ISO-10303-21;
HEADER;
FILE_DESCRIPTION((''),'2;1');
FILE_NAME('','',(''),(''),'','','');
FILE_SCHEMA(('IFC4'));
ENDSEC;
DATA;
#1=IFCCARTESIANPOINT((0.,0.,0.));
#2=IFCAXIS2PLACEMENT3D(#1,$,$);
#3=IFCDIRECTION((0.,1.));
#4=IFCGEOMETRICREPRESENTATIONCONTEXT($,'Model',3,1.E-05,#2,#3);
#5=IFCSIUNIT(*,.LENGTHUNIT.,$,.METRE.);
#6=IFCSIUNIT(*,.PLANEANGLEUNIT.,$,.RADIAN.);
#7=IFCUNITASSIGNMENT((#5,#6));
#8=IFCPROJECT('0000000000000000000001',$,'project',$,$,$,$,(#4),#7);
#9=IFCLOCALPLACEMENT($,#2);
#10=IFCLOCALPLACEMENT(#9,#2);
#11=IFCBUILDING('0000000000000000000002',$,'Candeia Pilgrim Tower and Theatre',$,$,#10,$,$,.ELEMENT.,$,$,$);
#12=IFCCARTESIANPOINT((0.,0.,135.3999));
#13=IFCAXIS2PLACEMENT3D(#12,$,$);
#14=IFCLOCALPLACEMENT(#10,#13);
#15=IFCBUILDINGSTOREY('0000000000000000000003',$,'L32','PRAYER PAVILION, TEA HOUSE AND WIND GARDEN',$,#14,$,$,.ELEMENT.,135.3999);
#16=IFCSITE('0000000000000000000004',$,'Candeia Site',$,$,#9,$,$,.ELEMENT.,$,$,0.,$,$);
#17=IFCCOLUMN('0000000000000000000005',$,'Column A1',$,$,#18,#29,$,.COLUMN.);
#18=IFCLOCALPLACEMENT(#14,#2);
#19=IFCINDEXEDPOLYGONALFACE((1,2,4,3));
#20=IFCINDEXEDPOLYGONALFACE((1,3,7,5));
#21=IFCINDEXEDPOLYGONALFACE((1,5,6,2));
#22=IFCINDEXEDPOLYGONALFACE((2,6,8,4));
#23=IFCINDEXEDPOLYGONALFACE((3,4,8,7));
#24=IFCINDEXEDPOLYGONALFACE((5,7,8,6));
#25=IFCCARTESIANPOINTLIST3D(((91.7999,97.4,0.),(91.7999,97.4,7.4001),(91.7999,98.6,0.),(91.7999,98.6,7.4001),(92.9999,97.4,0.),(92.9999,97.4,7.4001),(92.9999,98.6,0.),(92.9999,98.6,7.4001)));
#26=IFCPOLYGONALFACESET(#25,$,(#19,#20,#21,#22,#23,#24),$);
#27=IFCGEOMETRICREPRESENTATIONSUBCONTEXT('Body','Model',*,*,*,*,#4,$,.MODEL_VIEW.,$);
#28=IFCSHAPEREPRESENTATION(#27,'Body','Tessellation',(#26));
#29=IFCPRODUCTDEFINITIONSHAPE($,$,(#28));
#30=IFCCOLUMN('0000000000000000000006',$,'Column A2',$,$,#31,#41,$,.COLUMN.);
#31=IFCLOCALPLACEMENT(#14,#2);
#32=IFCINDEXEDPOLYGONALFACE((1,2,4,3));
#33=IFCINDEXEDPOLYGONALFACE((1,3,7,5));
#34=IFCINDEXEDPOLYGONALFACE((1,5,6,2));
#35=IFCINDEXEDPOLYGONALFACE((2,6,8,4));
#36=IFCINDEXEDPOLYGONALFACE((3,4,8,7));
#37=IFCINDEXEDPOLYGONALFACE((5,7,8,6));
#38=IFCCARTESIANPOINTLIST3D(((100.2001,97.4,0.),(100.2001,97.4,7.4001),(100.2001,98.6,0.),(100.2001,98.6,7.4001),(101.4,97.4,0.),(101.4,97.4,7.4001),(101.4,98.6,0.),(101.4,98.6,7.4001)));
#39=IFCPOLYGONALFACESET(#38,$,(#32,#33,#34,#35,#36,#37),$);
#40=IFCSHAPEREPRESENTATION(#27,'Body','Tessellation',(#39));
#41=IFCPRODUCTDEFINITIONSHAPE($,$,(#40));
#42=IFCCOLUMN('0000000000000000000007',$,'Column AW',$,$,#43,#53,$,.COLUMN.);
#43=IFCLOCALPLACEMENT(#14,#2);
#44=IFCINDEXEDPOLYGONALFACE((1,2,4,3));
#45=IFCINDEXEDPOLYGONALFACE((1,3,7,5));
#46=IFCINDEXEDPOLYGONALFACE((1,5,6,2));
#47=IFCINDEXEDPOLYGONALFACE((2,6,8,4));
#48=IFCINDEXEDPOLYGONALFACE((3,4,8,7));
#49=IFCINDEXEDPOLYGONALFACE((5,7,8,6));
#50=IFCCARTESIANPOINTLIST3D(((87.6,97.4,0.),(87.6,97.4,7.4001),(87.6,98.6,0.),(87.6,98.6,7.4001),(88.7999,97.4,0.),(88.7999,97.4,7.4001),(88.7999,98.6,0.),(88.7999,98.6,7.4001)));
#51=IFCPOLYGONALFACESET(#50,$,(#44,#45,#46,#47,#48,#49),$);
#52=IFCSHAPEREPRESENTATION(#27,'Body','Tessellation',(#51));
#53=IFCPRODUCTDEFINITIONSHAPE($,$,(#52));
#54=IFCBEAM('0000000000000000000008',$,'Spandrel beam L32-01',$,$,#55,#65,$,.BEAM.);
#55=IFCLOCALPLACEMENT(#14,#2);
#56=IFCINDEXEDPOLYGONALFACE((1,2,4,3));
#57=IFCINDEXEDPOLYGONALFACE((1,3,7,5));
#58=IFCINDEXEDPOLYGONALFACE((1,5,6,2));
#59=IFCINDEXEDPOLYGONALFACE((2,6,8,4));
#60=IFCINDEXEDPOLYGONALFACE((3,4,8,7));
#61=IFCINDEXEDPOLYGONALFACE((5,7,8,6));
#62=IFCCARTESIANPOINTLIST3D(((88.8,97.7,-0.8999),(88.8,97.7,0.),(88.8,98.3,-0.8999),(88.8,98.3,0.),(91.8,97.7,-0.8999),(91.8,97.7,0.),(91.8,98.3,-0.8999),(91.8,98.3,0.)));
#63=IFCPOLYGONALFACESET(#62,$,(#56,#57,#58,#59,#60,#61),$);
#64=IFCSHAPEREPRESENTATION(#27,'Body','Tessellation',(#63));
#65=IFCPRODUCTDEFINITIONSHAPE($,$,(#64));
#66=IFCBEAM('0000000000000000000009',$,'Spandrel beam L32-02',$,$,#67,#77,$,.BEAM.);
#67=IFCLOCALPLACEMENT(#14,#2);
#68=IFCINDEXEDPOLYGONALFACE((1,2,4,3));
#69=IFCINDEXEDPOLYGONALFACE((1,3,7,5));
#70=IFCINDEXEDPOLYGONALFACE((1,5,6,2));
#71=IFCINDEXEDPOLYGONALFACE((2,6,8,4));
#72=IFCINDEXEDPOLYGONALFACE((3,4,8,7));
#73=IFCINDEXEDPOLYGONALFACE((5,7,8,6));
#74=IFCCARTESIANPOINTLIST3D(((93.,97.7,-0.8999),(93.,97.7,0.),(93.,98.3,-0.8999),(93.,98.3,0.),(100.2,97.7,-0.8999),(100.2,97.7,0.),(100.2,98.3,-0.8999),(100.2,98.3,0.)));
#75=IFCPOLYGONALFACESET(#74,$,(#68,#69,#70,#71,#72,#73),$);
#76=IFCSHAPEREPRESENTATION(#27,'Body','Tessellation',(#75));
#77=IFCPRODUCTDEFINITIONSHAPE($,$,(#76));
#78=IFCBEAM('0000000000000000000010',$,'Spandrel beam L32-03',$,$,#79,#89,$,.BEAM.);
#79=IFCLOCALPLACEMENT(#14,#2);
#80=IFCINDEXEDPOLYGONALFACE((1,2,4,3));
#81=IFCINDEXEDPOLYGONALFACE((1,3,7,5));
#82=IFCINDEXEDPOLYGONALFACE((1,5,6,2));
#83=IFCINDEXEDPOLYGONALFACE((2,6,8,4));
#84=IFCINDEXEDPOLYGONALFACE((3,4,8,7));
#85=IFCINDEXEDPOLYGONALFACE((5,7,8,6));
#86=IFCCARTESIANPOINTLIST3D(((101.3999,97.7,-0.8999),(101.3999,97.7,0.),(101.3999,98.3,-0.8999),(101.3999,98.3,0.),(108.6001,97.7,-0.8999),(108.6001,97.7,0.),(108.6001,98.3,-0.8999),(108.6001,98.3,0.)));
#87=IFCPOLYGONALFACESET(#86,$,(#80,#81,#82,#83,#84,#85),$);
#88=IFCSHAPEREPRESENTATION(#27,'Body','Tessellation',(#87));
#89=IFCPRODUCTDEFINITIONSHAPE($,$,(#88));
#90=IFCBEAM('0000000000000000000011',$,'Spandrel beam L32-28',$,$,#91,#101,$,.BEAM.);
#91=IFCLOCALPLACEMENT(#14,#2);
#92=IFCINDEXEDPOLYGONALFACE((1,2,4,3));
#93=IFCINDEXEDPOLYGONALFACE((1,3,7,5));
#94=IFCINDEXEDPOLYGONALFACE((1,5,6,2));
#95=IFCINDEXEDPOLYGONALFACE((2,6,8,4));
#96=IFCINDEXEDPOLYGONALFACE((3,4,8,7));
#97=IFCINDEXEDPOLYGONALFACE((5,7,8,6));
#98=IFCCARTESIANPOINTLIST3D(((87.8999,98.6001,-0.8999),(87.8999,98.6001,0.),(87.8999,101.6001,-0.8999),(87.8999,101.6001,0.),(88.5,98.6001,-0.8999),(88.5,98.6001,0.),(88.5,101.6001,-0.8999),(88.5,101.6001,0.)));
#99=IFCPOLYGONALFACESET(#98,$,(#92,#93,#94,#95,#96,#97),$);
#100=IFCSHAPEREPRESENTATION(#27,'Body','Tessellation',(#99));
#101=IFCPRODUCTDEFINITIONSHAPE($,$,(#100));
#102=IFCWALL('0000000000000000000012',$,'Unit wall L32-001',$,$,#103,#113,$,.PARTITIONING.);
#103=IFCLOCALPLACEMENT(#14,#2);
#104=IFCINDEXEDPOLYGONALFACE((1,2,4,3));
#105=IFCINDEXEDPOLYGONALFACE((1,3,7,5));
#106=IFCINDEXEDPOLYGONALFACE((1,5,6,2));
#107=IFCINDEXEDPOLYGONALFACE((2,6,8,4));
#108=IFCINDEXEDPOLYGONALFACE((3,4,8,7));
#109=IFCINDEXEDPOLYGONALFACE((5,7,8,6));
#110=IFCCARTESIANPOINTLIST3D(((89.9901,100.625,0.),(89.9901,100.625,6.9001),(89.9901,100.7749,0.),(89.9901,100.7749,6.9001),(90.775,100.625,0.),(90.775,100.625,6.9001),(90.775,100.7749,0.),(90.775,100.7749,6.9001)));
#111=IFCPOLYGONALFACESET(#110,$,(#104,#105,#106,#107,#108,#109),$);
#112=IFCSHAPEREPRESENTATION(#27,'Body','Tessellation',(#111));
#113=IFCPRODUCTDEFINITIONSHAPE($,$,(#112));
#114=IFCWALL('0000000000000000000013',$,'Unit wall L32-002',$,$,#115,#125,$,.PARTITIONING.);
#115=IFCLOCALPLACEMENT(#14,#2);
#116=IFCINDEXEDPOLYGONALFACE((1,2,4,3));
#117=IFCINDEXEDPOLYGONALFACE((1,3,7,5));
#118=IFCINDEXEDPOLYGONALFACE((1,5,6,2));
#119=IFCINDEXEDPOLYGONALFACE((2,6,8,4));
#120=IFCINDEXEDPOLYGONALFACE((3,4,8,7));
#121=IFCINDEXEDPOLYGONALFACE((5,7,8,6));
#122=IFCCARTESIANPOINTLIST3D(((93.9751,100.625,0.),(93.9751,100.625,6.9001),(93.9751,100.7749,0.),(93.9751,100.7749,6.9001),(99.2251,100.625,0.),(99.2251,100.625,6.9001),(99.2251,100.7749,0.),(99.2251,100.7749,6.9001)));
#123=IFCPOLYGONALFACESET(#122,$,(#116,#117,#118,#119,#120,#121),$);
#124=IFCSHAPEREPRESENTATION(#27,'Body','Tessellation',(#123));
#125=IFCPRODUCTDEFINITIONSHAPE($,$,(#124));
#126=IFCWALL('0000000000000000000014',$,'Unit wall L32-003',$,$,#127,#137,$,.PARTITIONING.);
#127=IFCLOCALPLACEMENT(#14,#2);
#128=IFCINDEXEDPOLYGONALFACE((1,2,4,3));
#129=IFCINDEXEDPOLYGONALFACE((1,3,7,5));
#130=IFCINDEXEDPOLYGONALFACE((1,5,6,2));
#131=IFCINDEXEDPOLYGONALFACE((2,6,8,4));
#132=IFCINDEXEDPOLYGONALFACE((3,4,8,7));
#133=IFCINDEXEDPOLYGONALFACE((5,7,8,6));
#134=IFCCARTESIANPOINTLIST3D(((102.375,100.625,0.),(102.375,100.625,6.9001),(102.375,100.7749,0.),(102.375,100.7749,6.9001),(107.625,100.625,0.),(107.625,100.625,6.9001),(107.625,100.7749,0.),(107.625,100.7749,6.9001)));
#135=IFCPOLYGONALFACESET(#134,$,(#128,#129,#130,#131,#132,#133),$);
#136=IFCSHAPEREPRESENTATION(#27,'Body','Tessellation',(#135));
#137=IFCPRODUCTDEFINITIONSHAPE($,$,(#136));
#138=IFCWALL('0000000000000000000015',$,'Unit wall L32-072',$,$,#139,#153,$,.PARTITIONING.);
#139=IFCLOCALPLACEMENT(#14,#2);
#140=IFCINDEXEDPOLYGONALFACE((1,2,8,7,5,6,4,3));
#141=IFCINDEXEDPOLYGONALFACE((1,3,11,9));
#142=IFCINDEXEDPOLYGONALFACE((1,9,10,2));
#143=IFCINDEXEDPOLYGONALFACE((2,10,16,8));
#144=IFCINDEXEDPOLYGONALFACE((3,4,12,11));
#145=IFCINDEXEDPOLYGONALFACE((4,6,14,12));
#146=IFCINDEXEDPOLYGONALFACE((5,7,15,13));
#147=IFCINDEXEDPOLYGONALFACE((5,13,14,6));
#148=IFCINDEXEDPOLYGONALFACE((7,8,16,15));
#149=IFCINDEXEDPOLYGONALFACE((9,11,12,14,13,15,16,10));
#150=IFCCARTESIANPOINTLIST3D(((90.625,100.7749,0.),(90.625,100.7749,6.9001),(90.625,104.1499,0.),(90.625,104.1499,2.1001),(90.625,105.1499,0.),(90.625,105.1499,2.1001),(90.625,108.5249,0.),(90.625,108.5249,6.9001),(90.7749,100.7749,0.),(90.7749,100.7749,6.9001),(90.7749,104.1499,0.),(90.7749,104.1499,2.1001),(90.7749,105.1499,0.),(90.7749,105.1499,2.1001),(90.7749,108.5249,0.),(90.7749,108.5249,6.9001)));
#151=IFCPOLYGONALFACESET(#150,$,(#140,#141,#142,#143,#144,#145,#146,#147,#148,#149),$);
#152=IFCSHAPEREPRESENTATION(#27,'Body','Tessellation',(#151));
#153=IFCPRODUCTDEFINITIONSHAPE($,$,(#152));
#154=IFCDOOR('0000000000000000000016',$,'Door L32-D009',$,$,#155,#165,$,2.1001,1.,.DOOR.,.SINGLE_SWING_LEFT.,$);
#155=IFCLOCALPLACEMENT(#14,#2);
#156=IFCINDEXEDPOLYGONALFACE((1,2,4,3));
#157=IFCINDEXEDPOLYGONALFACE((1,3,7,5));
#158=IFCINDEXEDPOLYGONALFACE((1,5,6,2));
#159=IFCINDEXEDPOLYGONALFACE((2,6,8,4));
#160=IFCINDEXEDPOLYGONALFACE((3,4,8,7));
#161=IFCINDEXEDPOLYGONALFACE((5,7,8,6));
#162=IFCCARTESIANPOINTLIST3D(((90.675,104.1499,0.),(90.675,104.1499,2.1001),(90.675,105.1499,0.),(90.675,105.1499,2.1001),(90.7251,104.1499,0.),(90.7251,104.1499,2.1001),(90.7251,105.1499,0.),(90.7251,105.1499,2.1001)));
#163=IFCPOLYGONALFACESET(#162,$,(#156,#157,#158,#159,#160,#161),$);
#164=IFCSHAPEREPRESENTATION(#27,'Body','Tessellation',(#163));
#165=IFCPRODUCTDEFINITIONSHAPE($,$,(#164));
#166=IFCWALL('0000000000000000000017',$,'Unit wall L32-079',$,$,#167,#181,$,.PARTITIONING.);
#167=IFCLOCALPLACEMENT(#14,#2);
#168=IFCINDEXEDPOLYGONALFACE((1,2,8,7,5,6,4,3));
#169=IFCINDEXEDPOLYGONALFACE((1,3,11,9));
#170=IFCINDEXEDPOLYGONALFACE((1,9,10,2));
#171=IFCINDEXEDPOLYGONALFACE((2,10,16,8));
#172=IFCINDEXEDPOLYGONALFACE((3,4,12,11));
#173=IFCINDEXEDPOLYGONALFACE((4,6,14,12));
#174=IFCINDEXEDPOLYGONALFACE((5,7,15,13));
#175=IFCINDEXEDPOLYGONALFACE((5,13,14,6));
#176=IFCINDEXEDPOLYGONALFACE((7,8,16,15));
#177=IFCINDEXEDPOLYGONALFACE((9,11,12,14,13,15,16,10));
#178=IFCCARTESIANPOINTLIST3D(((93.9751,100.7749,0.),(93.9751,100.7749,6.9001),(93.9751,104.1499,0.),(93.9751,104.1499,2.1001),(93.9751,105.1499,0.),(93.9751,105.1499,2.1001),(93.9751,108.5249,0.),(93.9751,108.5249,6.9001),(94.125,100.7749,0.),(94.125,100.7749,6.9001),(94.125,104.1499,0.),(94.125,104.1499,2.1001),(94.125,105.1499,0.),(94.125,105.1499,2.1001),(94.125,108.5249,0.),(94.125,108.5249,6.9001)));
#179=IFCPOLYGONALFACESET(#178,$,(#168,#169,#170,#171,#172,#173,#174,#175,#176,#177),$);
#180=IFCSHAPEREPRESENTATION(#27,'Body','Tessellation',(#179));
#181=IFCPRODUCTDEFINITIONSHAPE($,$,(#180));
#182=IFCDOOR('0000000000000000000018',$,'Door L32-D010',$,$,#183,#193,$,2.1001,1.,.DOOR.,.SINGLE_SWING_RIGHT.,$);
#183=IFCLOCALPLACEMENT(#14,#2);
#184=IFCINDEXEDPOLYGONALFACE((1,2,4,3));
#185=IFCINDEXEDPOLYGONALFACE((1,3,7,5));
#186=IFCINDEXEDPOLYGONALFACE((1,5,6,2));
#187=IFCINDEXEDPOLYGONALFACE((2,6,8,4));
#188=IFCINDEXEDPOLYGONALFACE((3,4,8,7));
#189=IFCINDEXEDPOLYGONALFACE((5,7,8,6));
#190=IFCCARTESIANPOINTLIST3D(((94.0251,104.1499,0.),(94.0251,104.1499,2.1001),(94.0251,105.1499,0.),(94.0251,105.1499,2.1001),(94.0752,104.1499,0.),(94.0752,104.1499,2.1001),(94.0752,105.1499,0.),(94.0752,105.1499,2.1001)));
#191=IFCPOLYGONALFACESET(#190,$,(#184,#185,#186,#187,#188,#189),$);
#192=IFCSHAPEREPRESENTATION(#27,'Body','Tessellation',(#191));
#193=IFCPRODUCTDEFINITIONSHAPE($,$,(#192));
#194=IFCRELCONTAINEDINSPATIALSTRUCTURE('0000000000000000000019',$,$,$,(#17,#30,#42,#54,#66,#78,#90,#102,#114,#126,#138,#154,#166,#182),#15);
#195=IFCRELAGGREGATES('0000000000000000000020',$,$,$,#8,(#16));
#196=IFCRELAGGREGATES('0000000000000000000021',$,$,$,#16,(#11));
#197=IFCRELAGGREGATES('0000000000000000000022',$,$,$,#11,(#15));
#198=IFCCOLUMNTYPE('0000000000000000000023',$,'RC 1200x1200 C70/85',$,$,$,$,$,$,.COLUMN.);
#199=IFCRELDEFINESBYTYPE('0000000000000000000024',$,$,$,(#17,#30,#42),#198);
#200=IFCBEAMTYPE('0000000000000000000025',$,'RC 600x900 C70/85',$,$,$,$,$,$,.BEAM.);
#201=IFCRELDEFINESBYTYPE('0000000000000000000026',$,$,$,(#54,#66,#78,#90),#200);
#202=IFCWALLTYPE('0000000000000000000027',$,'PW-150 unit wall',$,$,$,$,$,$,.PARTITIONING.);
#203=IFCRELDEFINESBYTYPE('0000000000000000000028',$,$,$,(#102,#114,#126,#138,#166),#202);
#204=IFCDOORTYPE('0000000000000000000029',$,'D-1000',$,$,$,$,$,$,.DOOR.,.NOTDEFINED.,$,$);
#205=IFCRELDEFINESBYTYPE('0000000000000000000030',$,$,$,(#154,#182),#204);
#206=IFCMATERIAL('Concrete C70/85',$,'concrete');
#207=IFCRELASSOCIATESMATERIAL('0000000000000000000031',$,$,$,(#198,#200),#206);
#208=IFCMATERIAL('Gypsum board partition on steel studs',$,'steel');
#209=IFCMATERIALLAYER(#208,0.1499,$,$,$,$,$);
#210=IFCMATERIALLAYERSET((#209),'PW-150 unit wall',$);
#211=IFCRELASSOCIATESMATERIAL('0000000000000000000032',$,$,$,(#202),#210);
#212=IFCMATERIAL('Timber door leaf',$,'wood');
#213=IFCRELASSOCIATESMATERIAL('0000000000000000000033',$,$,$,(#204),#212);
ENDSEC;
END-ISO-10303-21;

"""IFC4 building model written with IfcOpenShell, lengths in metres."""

from ifc_helpers import new_model, si_unit, direction, frame, frame_2d, origin, origin_2d, place, context, subcontext, project, spatial, rectangle, extrude, material, layer, layer_set, material_profile, profile_set, type_object, element, fill, save


model = new_model("IFC4")

# Units and contexts
model_context = context("Model", 3, precision=1e-05, world=origin(), true_north=direction((0.0, 1.0)))
body_context = subcontext(model_context, "Body", "Model", "MODEL_VIEW")
ifc_project = project(units=[si_unit("LENGTHUNIT", "METRE"), si_unit("PLANEANGLEUNIT", "RADIAN")], contexts=[model_context])

# Site, building, storey
site_placement = place(None, origin())
site = spatial("IfcSite", under=ifc_project, at=site_placement, Name="Candeia Site", CompositionType="ELEMENT", RefElevation=0.0)
building_placement = place(site_placement, origin())
building = spatial("IfcBuilding", under=site, at=building_placement, Name="Candeia Pilgrim Tower and Theatre", CompositionType="ELEMENT")
storey_placement = place(building_placement, frame((0.0, 0.0, 135.3999)))
storey = spatial("IfcBuildingStorey", under=building, at=storey_placement, Name="L32", Description="PRAYER PAVILION, TEA HOUSE AND WIND GARDEN", CompositionType="ELEMENT", Elevation=135.3999)

# Columns
ifc_material_1 = material(Name="Concrete C70/85", Category="concrete")
ifc_material_profile_1 = material_profile(ifc_material_1, rectangle(XDim=1.2, YDim=1.2, at=origin_2d()))
ifc_profile_set_1 = profile_set([ifc_material_profile_1], Name="Concrete C70/85")
column_type = type_object("IfcColumnType", Name="RC 1200x1200 C70/85", PredefinedType="COLUMN", material=ifc_profile_set_1)
for number, where, z_axis, x_axis, name in (
    (1, (92.3999, 98.0, 0.0), (0.0, 0.0, 1.0), (1.0, 0.0, 0.0), "Column A1"),
    (2, (100.8, 98.0, 0.0), (0.0, 0.0, 1.0), (1.0, 0.0, 0.0), "Column A2"),
    (3, (88.2, 98.0, 0.0), (0.0, 0.0, 1.0), (1.0, 0.0, 0.0), "Column AW"),
):
    element("IfcColumn", number, at=place(storey_placement, frame(where, z_axis=z_axis, x_axis=x_axis)), inside=storey, type_object=column_type, Name=name, PredefinedType="COLUMN", context=body_context, shape_type="SweptSolid", body=[
        extrude(rectangle(XDim=1.2, YDim=1.2, at=origin_2d()), origin(), (0.0, 0.0, 1.0), 7.4001),
    ])

# Beams
ifc_material_profile_2 = material_profile(ifc_material_1, rectangle(XDim=0.6001, YDim=0.8999, at=origin_2d()))
ifc_profile_set_2 = profile_set([ifc_material_profile_2], Name="Concrete C70/85")
beam_type = type_object("IfcBeamType", Name="RC 600x900 C70/85", PredefinedType="BEAM", material=ifc_profile_set_2)
beam_1_placement = place(storey_placement, frame((88.8, 98.0, -0.45), z_axis=(1.0, 0.0, 0.0), x_axis=(0.0, 1.0, 0.0)))
element("IfcBeam", 4, at=beam_1_placement, inside=storey, type_object=beam_type, Name="Spandrel beam L32-01", PredefinedType="BEAM", context=body_context, shape_type="SweptSolid", body=[
    extrude(rectangle(XDim=0.6001, YDim=0.8999, at=origin_2d()), origin(), (0.0, 0.0, 1.0), 3.0),
])
beam_2_placement = place(storey_placement, frame((93.0, 98.0, -0.45), z_axis=(1.0, 0.0, 0.0), x_axis=(0.0, 1.0, 0.0)))
element("IfcBeam", 5, at=beam_2_placement, inside=storey, type_object=beam_type, Name="Spandrel beam L32-02", PredefinedType="BEAM", context=body_context, shape_type="SweptSolid", body=[
    extrude(rectangle(XDim=0.6001, YDim=0.8999, at=origin_2d()), origin(), (0.0, 0.0, 1.0), 7.2),
])
beam_3_placement = place(storey_placement, frame((101.3999, 98.0, -0.45), z_axis=(1.0, 0.0, 0.0), x_axis=(0.0, 1.0, 0.0)))
element("IfcBeam", 6, at=beam_3_placement, inside=storey, type_object=beam_type, Name="Spandrel beam L32-03", PredefinedType="BEAM", context=body_context, shape_type="SweptSolid", body=[
    extrude(rectangle(XDim=0.6001, YDim=0.8999, at=origin_2d()), origin(), (0.0, 0.0, 1.0), 7.2002),
])
beam_4_placement = place(storey_placement, frame((88.2, 101.6001, -0.45), z_axis=(0.0, -1.0, 0.0), x_axis=(1.0, 0.0, 0.0)))
element("IfcBeam", 7, at=beam_4_placement, inside=storey, type_object=beam_type, Name="Spandrel beam L32-28", PredefinedType="BEAM", context=body_context, shape_type="SweptSolid", body=[
    extrude(rectangle(XDim=0.6001, YDim=0.8999, at=origin_2d()), origin(), (0.0, 0.0, 1.0), 3.0),
])

# Walls
ifc_material_2 = material(Name="Gypsum board partition on steel studs", Category="steel")
ifc_layer = layer(ifc_material_2, 0.1499)
ifc_layer_set = layer_set([ifc_layer], Name="PW-150 unit wall")
wall_type = type_object("IfcWallType", Name="PW-150 unit wall", PredefinedType="PARTITIONING", material=ifc_layer_set)
wall_1_placement = place(storey_placement, frame((89.99, 100.7, 0.0), z_axis=(0.0, 0.0, 1.0), x_axis=(1.0, 0.0, 0.0)))
element("IfcWall", 8, at=wall_1_placement, inside=storey, type_object=wall_type, Name="Unit wall L32-001", PredefinedType="PARTITIONING", context=body_context, shape_type="SweptSolid", body=[
    extrude(rectangle(XDim=0.7849, YDim=0.1499, at=frame_2d((0.3926, 0.0))), origin(), (0.0, 0.0, 1.0), 6.9001),
])
for number, where, z_axis, x_axis, name in (
    (9, (93.9751, 100.7, 0.0), (0.0, 0.0, 1.0), (1.0, 0.0, 0.0), "Unit wall L32-002"),
    (10, (102.375, 100.7, 0.0), (0.0, 0.0, 1.0), (1.0, 0.0, 0.0), "Unit wall L32-003"),
):
    element("IfcWall", number, at=place(storey_placement, frame(where, z_axis=z_axis, x_axis=x_axis)), inside=storey, type_object=wall_type, Name=name, PredefinedType="PARTITIONING", context=body_context, shape_type="SweptSolid", body=[
        extrude(rectangle(XDim=5.25, YDim=0.1499, at=frame_2d((2.625, 0.0))), origin(), (0.0, 0.0, 1.0), 6.9001),
    ])

# Walls, openings, doors
wall_2_placement = place(storey_placement, frame((90.7, 100.7749, 0.0), z_axis=(0.0, 0.0, 1.0), x_axis=(0.0, 1.0, 0.0)))
wall_2 = element("IfcWall", 11, at=wall_2_placement, inside=storey, type_object=wall_type, Name="Unit wall L32-072", PredefinedType="PARTITIONING", context=body_context, shape_type="SweptSolid", body=[
    extrude(rectangle(XDim=7.75, YDim=0.1499, at=frame_2d((3.875, 0.0))), origin(), (0.0, 0.0, 1.0), 6.9001),
])
opening_1_placement = place(wall_2_placement, frame((3.375, 0.0, 0.0)))
opening_1 = element("IfcOpeningElement", 12, at=opening_1_placement, cuts=wall_2, PredefinedType="OPENING", context=body_context, shape_type="SweptSolid", body=[
    extrude(rectangle(XDim=1.0, YDim=2.1001, at=frame_2d((0.5, 1.05))), frame((0.0, 0.085, 0.0), z_axis=(0.0, -1.0, 0.0), x_axis=(1.0, 0.0, 0.0)), (0.0, 0.0, 1.0), 0.1699),
])
ifc_material_3 = material(Name="Timber door leaf", Category="wood")
door_type = type_object("IfcDoorType", Name="D-1000", OperationType="NOTDEFINED", PredefinedType="DOOR", material=ifc_material_3)
door_1_placement = place(opening_1_placement, origin())
door_1 = element("IfcDoor", 13, at=door_1_placement, inside=storey, type_object=door_type, Name="Door L32-D009", OperationType="SINGLE_SWING_LEFT", OverallHeight=2.1001, OverallWidth=1.0, PredefinedType="DOOR", context=body_context, shape_type="SweptSolid", body=[
    extrude(rectangle(XDim=1.0, YDim=2.1001, at=frame_2d((0.5, 1.05))), frame((0.0, 0.0249, 0.0), z_axis=(0.0, -1.0, 0.0), x_axis=(1.0, 0.0, 0.0)), (0.0, 0.0, 1.0), 0.05),
])
fill(opening_1, door_1)
wall_3_placement = place(storey_placement, frame((94.05, 100.7749, 0.0), z_axis=(0.0, 0.0, 1.0), x_axis=(0.0, 1.0, 0.0)))
wall_3 = element("IfcWall", 14, at=wall_3_placement, inside=storey, type_object=wall_type, Name="Unit wall L32-079", PredefinedType="PARTITIONING", context=body_context, shape_type="SweptSolid", body=[
    extrude(rectangle(XDim=7.75, YDim=0.1499, at=frame_2d((3.875, 0.0))), origin(), (0.0, 0.0, 1.0), 6.9001),
])
opening_2_placement = place(wall_3_placement, frame((3.375, 0.0, 0.0)))
opening_2 = element("IfcOpeningElement", 15, at=opening_2_placement, cuts=wall_3, PredefinedType="OPENING", context=body_context, shape_type="SweptSolid", body=[
    extrude(rectangle(XDim=1.0, YDim=2.1001, at=frame_2d((0.5, 1.05))), frame((0.0, 0.085, 0.0), z_axis=(0.0, -1.0, 0.0), x_axis=(1.0, 0.0, 0.0)), (0.0, 0.0, 1.0), 0.1699),
])
door_2_placement = place(opening_2_placement, origin())
door_2 = element("IfcDoor", 16, at=door_2_placement, inside=storey, type_object=door_type, Name="Door L32-D010", OperationType="SINGLE_SWING_RIGHT", OverallHeight=2.1001, OverallWidth=1.0, PredefinedType="DOOR", context=body_context, shape_type="SweptSolid", body=[
    extrude(rectangle(XDim=1.0, YDim=2.1001, at=frame_2d((0.5, 1.05))), frame((0.0, 0.0249, 0.0), z_axis=(0.0, -1.0, 0.0), x_axis=(1.0, 0.0, 0.0)), (0.0, 0.0, 1.0), 0.05),
])
fill(opening_2, door_2)

save(model, "model.ifc")
